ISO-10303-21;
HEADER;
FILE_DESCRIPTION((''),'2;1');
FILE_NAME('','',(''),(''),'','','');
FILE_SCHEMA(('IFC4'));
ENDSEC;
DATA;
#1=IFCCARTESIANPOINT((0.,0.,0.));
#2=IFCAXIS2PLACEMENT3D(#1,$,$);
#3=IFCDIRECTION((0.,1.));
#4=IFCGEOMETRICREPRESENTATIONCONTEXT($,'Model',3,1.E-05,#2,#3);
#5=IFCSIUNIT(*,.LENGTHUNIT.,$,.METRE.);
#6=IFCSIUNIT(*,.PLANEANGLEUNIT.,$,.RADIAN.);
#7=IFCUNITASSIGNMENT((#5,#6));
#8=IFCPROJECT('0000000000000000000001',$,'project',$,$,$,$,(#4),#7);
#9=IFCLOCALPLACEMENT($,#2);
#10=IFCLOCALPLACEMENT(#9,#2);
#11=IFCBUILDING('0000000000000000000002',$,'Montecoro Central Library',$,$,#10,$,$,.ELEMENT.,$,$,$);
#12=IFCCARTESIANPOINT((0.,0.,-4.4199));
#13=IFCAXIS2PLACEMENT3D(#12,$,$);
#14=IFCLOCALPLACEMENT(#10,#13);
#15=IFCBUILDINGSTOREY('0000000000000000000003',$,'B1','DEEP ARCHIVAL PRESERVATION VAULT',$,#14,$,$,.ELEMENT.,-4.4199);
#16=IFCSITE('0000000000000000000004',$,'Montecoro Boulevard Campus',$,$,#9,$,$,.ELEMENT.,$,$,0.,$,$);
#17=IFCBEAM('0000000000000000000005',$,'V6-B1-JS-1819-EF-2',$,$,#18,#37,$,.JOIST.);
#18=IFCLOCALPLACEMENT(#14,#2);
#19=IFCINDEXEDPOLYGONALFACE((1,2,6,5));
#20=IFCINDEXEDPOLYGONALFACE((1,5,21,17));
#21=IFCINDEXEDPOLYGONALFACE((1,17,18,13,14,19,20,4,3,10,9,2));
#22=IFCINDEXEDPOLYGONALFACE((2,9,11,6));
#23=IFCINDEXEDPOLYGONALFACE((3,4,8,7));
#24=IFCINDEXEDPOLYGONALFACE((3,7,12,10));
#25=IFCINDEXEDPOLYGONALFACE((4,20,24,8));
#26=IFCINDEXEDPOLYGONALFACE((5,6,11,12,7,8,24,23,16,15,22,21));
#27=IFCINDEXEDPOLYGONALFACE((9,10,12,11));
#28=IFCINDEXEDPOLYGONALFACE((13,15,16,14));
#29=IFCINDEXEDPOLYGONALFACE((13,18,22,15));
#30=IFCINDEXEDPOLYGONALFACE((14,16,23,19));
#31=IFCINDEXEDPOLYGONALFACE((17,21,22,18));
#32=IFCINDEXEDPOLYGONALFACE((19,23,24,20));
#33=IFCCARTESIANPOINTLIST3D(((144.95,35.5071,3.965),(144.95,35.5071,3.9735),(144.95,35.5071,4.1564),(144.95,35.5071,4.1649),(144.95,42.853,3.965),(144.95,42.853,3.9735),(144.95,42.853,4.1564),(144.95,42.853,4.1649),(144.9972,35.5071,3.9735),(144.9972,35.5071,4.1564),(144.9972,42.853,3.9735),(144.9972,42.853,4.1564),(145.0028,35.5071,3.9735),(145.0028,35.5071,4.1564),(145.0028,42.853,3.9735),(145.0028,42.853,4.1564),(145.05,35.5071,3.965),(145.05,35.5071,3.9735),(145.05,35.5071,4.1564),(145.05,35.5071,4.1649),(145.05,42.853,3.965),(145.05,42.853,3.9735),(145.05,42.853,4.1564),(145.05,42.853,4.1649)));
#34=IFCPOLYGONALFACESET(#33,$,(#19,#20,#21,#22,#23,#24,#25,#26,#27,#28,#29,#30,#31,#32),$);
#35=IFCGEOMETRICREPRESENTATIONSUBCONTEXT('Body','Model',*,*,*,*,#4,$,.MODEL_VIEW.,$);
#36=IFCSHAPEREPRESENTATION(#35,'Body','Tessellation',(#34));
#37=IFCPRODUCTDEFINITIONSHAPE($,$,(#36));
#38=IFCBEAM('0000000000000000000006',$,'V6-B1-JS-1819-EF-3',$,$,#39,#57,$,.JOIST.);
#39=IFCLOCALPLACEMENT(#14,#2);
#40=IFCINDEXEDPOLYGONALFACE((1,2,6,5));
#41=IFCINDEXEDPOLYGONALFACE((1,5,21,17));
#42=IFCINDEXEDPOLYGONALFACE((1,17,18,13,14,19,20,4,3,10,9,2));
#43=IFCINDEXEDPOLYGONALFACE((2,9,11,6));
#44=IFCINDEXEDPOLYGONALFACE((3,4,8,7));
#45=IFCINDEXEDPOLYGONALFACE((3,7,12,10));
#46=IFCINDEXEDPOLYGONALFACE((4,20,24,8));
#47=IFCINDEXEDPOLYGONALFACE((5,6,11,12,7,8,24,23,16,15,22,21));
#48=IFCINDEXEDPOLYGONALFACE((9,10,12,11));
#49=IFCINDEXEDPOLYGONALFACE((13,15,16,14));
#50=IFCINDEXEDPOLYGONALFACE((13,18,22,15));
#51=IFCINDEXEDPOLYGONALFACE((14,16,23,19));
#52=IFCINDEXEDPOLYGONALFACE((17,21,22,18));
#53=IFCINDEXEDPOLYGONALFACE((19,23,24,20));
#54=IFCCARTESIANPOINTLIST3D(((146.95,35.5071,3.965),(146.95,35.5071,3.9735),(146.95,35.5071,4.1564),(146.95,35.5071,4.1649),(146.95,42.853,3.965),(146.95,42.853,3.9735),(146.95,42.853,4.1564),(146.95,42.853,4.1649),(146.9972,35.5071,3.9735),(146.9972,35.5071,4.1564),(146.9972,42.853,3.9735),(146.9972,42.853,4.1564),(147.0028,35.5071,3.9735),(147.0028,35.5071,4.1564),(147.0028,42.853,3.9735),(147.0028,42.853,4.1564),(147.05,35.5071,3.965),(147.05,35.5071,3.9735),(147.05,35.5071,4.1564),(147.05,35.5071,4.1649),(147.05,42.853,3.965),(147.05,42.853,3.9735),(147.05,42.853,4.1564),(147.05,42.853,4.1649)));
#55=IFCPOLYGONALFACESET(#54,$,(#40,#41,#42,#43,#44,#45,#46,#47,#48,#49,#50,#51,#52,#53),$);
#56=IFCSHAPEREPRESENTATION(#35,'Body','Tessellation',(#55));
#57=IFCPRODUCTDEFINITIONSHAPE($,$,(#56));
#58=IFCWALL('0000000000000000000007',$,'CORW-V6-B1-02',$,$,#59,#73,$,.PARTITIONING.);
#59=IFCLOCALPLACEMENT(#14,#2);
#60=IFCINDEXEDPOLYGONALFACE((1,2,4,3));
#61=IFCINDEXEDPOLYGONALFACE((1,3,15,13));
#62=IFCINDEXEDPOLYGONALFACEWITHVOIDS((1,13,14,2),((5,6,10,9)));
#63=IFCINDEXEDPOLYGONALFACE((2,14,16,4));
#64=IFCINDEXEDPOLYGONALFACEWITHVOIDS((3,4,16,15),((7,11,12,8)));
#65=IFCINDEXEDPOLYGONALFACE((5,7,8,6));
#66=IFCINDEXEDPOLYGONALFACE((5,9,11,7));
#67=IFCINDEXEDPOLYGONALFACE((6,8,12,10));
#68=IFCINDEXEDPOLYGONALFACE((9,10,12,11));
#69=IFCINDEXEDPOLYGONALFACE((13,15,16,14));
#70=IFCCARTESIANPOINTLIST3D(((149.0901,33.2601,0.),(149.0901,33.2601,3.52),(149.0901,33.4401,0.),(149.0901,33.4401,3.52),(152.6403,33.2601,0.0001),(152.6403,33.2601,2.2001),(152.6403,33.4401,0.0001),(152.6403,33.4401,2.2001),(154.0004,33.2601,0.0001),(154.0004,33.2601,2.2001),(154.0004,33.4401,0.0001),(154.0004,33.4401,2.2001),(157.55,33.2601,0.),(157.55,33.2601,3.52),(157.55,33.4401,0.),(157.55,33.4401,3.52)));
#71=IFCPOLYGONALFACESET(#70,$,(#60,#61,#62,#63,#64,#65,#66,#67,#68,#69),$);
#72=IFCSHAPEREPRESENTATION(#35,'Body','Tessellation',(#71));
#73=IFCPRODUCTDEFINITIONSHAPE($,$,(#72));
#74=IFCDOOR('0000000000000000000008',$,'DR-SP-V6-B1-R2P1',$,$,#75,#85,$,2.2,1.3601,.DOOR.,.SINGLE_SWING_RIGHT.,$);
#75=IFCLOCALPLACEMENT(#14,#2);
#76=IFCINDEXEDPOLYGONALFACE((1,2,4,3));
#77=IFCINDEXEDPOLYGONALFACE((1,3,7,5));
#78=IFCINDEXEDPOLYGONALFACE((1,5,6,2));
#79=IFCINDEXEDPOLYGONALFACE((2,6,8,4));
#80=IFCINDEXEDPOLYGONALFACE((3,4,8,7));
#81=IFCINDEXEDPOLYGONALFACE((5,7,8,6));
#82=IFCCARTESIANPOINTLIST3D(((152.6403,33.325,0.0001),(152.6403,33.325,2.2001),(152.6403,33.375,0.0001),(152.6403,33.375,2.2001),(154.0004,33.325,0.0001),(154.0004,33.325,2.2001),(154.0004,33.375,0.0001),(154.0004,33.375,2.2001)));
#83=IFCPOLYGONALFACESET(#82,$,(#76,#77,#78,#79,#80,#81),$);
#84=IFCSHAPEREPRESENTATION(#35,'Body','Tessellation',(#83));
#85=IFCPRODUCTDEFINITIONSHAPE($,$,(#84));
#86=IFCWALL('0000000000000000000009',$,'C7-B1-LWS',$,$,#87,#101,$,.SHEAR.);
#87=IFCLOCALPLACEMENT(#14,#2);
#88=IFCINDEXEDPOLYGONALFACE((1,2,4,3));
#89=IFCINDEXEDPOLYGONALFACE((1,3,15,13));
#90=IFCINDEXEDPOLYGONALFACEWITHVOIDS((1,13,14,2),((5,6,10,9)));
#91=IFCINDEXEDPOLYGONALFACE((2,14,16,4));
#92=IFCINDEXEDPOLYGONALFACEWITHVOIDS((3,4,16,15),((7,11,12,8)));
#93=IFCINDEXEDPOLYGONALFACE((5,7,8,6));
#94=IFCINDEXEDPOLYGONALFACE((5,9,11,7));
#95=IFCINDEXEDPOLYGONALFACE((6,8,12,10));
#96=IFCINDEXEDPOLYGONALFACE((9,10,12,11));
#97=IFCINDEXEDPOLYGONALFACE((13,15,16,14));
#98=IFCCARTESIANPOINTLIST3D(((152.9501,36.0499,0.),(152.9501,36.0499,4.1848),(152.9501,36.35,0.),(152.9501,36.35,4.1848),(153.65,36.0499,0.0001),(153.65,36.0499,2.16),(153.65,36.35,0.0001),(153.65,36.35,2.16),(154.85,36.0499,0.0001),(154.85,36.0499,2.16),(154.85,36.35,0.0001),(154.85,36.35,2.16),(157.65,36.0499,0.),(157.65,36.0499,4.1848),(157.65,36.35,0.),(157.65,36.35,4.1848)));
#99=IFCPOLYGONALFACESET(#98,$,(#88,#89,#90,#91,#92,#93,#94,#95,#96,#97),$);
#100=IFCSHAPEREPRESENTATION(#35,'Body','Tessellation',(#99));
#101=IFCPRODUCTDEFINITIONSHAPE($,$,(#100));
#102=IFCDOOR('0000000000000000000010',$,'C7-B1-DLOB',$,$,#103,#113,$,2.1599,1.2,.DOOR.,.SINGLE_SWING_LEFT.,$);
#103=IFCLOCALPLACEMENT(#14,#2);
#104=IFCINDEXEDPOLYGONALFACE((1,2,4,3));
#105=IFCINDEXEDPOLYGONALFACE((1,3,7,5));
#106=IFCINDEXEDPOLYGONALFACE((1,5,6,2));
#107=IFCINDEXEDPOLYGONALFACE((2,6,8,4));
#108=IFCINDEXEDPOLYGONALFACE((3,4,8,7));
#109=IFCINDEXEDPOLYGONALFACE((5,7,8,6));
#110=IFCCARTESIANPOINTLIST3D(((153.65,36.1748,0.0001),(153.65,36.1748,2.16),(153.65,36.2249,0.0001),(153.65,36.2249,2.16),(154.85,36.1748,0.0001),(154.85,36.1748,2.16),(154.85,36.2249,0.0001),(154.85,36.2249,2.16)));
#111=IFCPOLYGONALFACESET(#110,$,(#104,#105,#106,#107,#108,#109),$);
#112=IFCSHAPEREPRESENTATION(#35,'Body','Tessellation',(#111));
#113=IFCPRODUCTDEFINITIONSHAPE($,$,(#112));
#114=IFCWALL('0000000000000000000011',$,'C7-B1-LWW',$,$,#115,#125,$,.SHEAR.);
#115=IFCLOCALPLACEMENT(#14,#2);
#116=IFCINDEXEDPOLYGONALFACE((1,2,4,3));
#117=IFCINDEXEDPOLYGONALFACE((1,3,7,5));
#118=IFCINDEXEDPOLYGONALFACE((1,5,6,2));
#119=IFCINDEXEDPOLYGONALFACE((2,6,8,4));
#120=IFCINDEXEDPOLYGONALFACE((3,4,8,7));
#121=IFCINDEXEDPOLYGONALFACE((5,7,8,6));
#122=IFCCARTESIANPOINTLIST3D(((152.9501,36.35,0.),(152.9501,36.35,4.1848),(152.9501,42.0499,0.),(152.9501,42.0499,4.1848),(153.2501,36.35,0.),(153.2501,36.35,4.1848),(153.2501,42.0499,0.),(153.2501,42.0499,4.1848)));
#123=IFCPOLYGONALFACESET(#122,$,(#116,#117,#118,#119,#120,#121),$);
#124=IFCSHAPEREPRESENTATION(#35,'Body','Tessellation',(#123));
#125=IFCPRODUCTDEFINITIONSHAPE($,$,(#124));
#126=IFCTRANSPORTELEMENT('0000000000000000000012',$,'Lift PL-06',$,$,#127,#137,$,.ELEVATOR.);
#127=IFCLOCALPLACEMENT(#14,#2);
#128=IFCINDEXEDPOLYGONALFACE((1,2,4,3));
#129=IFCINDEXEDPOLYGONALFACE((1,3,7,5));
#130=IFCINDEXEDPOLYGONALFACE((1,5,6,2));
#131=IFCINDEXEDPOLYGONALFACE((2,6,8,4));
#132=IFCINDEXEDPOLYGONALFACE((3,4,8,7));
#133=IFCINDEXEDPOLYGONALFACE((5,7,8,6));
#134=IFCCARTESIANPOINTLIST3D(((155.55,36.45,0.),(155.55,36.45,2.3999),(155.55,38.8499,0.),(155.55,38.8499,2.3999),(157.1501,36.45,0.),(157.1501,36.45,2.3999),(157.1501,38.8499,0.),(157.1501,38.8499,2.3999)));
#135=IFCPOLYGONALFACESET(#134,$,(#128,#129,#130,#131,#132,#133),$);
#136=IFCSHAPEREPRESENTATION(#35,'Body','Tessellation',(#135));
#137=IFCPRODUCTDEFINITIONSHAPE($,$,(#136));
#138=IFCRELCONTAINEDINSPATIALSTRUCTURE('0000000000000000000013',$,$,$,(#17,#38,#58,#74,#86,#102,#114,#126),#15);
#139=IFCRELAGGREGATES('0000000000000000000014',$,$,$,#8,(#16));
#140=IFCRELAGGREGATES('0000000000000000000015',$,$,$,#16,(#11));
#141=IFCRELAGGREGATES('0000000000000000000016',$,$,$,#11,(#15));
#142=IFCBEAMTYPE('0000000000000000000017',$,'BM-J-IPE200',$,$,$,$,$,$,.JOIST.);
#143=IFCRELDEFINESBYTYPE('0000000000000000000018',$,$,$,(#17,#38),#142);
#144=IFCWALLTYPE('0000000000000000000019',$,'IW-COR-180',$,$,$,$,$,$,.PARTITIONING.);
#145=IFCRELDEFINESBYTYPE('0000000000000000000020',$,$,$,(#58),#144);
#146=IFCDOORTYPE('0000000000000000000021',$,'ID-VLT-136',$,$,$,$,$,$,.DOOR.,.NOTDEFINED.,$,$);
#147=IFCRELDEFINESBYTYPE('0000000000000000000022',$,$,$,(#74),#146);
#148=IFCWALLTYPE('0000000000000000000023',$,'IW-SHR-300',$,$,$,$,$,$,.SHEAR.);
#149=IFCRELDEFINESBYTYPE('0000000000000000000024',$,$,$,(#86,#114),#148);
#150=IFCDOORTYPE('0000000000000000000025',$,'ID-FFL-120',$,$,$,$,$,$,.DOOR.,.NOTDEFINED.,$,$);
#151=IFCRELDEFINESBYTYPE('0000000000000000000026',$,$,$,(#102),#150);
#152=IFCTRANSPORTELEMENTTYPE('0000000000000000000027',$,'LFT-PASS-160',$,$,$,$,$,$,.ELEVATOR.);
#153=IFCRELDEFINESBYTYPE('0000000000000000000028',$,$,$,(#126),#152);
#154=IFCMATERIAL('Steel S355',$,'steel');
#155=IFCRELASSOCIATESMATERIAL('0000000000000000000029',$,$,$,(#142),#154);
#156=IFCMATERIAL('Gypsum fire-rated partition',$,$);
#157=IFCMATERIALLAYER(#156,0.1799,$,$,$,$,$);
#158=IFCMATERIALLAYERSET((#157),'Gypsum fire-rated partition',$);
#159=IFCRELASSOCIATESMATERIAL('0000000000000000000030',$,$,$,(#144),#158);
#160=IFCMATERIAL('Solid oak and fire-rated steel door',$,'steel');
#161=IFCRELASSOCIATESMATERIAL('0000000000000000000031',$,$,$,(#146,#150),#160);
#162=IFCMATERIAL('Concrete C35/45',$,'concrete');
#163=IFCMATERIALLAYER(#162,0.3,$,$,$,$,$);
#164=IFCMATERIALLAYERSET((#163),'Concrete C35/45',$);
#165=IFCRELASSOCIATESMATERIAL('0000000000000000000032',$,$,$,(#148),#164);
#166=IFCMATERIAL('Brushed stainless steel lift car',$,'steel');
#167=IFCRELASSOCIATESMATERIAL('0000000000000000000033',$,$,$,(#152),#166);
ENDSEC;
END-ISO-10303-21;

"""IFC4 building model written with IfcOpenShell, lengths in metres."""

from ifc_helpers import new_model, si_unit, direction, frame, frame_2d, origin, origin_2d, place, context, subcontext, project, spatial, rectangle, i_section, extrude, material, layer, layer_set, material_profile, profile_set, type_object, element, fill, save


model = new_model("IFC4")

# Units and contexts
model_context = context("Model", 3, precision=1e-05, world=origin(), true_north=direction((0.0, 1.0)))
body_context = subcontext(model_context, "Body", "Model", "MODEL_VIEW")
ifc_project = project(units=[si_unit("LENGTHUNIT", "METRE"), si_unit("PLANEANGLEUNIT", "RADIAN")], contexts=[model_context])

# Site, building, storey
site_placement = place(None, origin())
site = spatial("IfcSite", under=ifc_project, at=site_placement, Name="Montecoro Boulevard Campus", CompositionType="ELEMENT", RefElevation=0.0)
building_placement = place(site_placement, origin())
building = spatial("IfcBuilding", under=site, at=building_placement, Name="Montecoro Central Library", CompositionType="ELEMENT")
storey_placement = place(building_placement, frame((0.0, 0.0, -4.4199)))
storey = spatial("IfcBuildingStorey", under=building, at=storey_placement, Name="B1", Description="DEEP ARCHIVAL PRESERVATION VAULT", CompositionType="ELEMENT", Elevation=-4.4199)

# Shared definitions
ifc_material_1 = material(Name="Concrete C35/45", Category="concrete")

# Beams
ifc_material_2 = material(Name="Steel S355", Category="steel")
ifc_material_profile_1 = material_profile(ifc_material_2, i_section(OverallWidth=0.1001, OverallDepth=0.2, WebThickness=0.0056, FlangeThickness=0.0085, at=origin_2d()), Name="IPE 200")
ifc_profile_set_1 = profile_set([ifc_material_profile_1], Name="Steel S355")
beam_type_1 = type_object("IfcBeamType", Name="BM-J-IPE200", PredefinedType="JOIST", material=ifc_profile_set_1)
for number, where, z_axis, x_axis, name in (
    (1, (145.0, 35.5071, 4.0649), (0.0, 1.0, 0.0), (-1.0, 0.0, 0.0), "V6-B1-JS-1819-EF-2"),
    (2, (147.0, 35.5071, 4.0649), (0.0, 1.0, 0.0), (-1.0, 0.0, 0.0), "V6-B1-JS-1819-EF-3"),
):
    element("IfcBeam", number, at=place(storey_placement, frame(where, z_axis=z_axis, x_axis=x_axis)), inside=storey, type_object=beam_type_1, Name=name, PredefinedType="JOIST", context=body_context, shape_type="SweptSolid", body=[
        extrude(i_section(OverallWidth=0.1001, OverallDepth=0.2, WebThickness=0.0056, FlangeThickness=0.0085, at=origin_2d()), origin(), (0.0, 0.0, 1.0), 7.3459),
    ])

# Walls, openings, doors
ifc_material_3 = material(Name="Gypsum fire-rated partition")
ifc_layer_1 = layer(ifc_material_3, 0.1799)
ifc_layer_set_1 = layer_set([ifc_layer_1], Name="Gypsum fire-rated partition")
wall_type_1 = type_object("IfcWallType", Name="IW-COR-180", PredefinedType="PARTITIONING", material=ifc_layer_set_1)
wall_1_placement = place(storey_placement, frame((149.0901, 33.3501, 0.0), z_axis=(0.0, 0.0, 1.0), x_axis=(1.0, 0.0, 0.0)))
wall_1 = element("IfcWall", 3, at=wall_1_placement, inside=storey, type_object=wall_type_1, Name="CORW-V6-B1-02", PredefinedType="PARTITIONING", context=body_context, shape_type="SweptSolid", body=[
    extrude(rectangle(XDim=8.46, YDim=0.1799, at=frame_2d((4.23, 0.0))), origin(), (0.0, 0.0, 1.0), 3.52),
])
opening_1_placement = place(wall_1_placement, frame((3.55, 0.0, 0.0)))
opening_1 = element("IfcOpeningElement", 4, at=opening_1_placement, cuts=wall_1, PredefinedType="OPENING", context=body_context, shape_type="SweptSolid", body=[
    extrude(rectangle(XDim=1.3601, YDim=2.2, at=frame_2d((0.6802, 1.1001))), frame((0.0, 0.0999, 0.0), z_axis=(0.0, -1.0, 0.0), x_axis=(1.0, 0.0, 0.0)), (0.0, 0.0, 1.0), 0.2),
])
ifc_material_4 = material(Name="Solid oak and fire-rated steel door", Category="steel")
door_type_1 = type_object("IfcDoorType", Name="ID-VLT-136", OperationType="NOTDEFINED", PredefinedType="DOOR", material=ifc_material_4)
door_1_placement = place(opening_1_placement, origin())
door_1 = element("IfcDoor", 5, at=door_1_placement, inside=storey, type_object=door_type_1, Name="DR-SP-V6-B1-R2P1", OperationType="SINGLE_SWING_RIGHT", OverallHeight=2.2, OverallWidth=1.3601, PredefinedType="DOOR", context=body_context, shape_type="SweptSolid", body=[
    extrude(rectangle(XDim=1.3601, YDim=2.2, at=frame_2d((0.6802, 1.1001))), frame((0.0, 0.0249, 0.0), z_axis=(0.0, -1.0, 0.0), x_axis=(1.0, 0.0, 0.0)), (0.0, 0.0, 1.0), 0.05),
])
fill(opening_1, door_1)
ifc_layer_2 = layer(ifc_material_1, 0.3)
ifc_layer_set_2 = layer_set([ifc_layer_2], Name="Concrete C35/45")
wall_type_2 = type_object("IfcWallType", Name="IW-SHR-300", PredefinedType="SHEAR", material=ifc_layer_set_2)
wall_2_placement = place(storey_placement, frame((152.95, 36.2, 0.0), z_axis=(0.0, 0.0, 1.0), x_axis=(1.0, 0.0, 0.0)))
wall_2 = element("IfcWall", 6, at=wall_2_placement, inside=storey, type_object=wall_type_2, Name="C7-B1-LWS", PredefinedType="SHEAR", context=body_context, shape_type="SweptSolid", body=[
    extrude(rectangle(XDim=4.7, YDim=0.3, at=frame_2d((2.3501, 0.0))), origin(), (0.0, 0.0, 1.0), 4.1848),
])
opening_2_placement = place(wall_2_placement, frame((0.7, 0.0, 0.0)))
opening_2 = element("IfcOpeningElement", 7, at=opening_2_placement, cuts=wall_2, PredefinedType="OPENING", context=body_context, shape_type="SweptSolid", body=[
    extrude(rectangle(XDim=1.2, YDim=2.1599, at=frame_2d((0.6001, 1.0801))), frame((0.0, 0.1599, 0.0), z_axis=(0.0, -1.0, 0.0), x_axis=(1.0, 0.0, 0.0)), (0.0, 0.0, 1.0), 0.3201),
])
door_type_2 = type_object("IfcDoorType", Name="ID-FFL-120", OperationType="NOTDEFINED", PredefinedType="DOOR", material=ifc_material_4)
door_2_placement = place(opening_2_placement, origin())
door_2 = element("IfcDoor", 8, at=door_2_placement, inside=storey, type_object=door_type_2, Name="C7-B1-DLOB", OperationType="SINGLE_SWING_LEFT", OverallHeight=2.1599, OverallWidth=1.2, PredefinedType="DOOR", context=body_context, shape_type="SweptSolid", body=[
    extrude(rectangle(XDim=1.2, YDim=2.1599, at=frame_2d((0.6001, 1.0801))), frame((0.0, 0.0249, 0.0), z_axis=(0.0, -1.0, 0.0), x_axis=(1.0, 0.0, 0.0)), (0.0, 0.0, 1.0), 0.05),
])
fill(opening_2, door_2)

# Wall
wall_3_placement = place(storey_placement, frame((153.1001, 42.05, 0.0), z_axis=(0.0, 0.0, 1.0), x_axis=(0.0, -1.0, 0.0)))
element("IfcWall", 9, at=wall_3_placement, inside=storey, type_object=wall_type_2, Name="C7-B1-LWW", PredefinedType="SHEAR", context=body_context, shape_type="SweptSolid", body=[
    extrude(rectangle(XDim=5.7, YDim=0.3, at=frame_2d((2.8501, 0.0))), origin(), (0.0, 0.0, 1.0), 4.1848),
])

# Transport element
ifc_material_5 = material(Name="Brushed stainless steel lift car", Category="steel")
transport_element_type = type_object("IfcTransportElementType", Name="LFT-PASS-160", PredefinedType="ELEVATOR", material=ifc_material_5)
transport_element_placement = place(storey_placement, frame((156.3501, 37.6499, 0.0), z_axis=(0.0, 0.0, 1.0), x_axis=(1.0, 0.0, 0.0)))
element("IfcTransportElement", 10, at=transport_element_placement, inside=storey, type_object=transport_element_type, Name="Lift PL-06", PredefinedType="ELEVATOR", context=body_context, shape_type="SweptSolid", body=[
    extrude(rectangle(XDim=1.6001, YDim=2.3999, at=origin_2d()), origin(), (0.0, 0.0, 1.0), 2.3999),
])

save(model, "model.ifc")
